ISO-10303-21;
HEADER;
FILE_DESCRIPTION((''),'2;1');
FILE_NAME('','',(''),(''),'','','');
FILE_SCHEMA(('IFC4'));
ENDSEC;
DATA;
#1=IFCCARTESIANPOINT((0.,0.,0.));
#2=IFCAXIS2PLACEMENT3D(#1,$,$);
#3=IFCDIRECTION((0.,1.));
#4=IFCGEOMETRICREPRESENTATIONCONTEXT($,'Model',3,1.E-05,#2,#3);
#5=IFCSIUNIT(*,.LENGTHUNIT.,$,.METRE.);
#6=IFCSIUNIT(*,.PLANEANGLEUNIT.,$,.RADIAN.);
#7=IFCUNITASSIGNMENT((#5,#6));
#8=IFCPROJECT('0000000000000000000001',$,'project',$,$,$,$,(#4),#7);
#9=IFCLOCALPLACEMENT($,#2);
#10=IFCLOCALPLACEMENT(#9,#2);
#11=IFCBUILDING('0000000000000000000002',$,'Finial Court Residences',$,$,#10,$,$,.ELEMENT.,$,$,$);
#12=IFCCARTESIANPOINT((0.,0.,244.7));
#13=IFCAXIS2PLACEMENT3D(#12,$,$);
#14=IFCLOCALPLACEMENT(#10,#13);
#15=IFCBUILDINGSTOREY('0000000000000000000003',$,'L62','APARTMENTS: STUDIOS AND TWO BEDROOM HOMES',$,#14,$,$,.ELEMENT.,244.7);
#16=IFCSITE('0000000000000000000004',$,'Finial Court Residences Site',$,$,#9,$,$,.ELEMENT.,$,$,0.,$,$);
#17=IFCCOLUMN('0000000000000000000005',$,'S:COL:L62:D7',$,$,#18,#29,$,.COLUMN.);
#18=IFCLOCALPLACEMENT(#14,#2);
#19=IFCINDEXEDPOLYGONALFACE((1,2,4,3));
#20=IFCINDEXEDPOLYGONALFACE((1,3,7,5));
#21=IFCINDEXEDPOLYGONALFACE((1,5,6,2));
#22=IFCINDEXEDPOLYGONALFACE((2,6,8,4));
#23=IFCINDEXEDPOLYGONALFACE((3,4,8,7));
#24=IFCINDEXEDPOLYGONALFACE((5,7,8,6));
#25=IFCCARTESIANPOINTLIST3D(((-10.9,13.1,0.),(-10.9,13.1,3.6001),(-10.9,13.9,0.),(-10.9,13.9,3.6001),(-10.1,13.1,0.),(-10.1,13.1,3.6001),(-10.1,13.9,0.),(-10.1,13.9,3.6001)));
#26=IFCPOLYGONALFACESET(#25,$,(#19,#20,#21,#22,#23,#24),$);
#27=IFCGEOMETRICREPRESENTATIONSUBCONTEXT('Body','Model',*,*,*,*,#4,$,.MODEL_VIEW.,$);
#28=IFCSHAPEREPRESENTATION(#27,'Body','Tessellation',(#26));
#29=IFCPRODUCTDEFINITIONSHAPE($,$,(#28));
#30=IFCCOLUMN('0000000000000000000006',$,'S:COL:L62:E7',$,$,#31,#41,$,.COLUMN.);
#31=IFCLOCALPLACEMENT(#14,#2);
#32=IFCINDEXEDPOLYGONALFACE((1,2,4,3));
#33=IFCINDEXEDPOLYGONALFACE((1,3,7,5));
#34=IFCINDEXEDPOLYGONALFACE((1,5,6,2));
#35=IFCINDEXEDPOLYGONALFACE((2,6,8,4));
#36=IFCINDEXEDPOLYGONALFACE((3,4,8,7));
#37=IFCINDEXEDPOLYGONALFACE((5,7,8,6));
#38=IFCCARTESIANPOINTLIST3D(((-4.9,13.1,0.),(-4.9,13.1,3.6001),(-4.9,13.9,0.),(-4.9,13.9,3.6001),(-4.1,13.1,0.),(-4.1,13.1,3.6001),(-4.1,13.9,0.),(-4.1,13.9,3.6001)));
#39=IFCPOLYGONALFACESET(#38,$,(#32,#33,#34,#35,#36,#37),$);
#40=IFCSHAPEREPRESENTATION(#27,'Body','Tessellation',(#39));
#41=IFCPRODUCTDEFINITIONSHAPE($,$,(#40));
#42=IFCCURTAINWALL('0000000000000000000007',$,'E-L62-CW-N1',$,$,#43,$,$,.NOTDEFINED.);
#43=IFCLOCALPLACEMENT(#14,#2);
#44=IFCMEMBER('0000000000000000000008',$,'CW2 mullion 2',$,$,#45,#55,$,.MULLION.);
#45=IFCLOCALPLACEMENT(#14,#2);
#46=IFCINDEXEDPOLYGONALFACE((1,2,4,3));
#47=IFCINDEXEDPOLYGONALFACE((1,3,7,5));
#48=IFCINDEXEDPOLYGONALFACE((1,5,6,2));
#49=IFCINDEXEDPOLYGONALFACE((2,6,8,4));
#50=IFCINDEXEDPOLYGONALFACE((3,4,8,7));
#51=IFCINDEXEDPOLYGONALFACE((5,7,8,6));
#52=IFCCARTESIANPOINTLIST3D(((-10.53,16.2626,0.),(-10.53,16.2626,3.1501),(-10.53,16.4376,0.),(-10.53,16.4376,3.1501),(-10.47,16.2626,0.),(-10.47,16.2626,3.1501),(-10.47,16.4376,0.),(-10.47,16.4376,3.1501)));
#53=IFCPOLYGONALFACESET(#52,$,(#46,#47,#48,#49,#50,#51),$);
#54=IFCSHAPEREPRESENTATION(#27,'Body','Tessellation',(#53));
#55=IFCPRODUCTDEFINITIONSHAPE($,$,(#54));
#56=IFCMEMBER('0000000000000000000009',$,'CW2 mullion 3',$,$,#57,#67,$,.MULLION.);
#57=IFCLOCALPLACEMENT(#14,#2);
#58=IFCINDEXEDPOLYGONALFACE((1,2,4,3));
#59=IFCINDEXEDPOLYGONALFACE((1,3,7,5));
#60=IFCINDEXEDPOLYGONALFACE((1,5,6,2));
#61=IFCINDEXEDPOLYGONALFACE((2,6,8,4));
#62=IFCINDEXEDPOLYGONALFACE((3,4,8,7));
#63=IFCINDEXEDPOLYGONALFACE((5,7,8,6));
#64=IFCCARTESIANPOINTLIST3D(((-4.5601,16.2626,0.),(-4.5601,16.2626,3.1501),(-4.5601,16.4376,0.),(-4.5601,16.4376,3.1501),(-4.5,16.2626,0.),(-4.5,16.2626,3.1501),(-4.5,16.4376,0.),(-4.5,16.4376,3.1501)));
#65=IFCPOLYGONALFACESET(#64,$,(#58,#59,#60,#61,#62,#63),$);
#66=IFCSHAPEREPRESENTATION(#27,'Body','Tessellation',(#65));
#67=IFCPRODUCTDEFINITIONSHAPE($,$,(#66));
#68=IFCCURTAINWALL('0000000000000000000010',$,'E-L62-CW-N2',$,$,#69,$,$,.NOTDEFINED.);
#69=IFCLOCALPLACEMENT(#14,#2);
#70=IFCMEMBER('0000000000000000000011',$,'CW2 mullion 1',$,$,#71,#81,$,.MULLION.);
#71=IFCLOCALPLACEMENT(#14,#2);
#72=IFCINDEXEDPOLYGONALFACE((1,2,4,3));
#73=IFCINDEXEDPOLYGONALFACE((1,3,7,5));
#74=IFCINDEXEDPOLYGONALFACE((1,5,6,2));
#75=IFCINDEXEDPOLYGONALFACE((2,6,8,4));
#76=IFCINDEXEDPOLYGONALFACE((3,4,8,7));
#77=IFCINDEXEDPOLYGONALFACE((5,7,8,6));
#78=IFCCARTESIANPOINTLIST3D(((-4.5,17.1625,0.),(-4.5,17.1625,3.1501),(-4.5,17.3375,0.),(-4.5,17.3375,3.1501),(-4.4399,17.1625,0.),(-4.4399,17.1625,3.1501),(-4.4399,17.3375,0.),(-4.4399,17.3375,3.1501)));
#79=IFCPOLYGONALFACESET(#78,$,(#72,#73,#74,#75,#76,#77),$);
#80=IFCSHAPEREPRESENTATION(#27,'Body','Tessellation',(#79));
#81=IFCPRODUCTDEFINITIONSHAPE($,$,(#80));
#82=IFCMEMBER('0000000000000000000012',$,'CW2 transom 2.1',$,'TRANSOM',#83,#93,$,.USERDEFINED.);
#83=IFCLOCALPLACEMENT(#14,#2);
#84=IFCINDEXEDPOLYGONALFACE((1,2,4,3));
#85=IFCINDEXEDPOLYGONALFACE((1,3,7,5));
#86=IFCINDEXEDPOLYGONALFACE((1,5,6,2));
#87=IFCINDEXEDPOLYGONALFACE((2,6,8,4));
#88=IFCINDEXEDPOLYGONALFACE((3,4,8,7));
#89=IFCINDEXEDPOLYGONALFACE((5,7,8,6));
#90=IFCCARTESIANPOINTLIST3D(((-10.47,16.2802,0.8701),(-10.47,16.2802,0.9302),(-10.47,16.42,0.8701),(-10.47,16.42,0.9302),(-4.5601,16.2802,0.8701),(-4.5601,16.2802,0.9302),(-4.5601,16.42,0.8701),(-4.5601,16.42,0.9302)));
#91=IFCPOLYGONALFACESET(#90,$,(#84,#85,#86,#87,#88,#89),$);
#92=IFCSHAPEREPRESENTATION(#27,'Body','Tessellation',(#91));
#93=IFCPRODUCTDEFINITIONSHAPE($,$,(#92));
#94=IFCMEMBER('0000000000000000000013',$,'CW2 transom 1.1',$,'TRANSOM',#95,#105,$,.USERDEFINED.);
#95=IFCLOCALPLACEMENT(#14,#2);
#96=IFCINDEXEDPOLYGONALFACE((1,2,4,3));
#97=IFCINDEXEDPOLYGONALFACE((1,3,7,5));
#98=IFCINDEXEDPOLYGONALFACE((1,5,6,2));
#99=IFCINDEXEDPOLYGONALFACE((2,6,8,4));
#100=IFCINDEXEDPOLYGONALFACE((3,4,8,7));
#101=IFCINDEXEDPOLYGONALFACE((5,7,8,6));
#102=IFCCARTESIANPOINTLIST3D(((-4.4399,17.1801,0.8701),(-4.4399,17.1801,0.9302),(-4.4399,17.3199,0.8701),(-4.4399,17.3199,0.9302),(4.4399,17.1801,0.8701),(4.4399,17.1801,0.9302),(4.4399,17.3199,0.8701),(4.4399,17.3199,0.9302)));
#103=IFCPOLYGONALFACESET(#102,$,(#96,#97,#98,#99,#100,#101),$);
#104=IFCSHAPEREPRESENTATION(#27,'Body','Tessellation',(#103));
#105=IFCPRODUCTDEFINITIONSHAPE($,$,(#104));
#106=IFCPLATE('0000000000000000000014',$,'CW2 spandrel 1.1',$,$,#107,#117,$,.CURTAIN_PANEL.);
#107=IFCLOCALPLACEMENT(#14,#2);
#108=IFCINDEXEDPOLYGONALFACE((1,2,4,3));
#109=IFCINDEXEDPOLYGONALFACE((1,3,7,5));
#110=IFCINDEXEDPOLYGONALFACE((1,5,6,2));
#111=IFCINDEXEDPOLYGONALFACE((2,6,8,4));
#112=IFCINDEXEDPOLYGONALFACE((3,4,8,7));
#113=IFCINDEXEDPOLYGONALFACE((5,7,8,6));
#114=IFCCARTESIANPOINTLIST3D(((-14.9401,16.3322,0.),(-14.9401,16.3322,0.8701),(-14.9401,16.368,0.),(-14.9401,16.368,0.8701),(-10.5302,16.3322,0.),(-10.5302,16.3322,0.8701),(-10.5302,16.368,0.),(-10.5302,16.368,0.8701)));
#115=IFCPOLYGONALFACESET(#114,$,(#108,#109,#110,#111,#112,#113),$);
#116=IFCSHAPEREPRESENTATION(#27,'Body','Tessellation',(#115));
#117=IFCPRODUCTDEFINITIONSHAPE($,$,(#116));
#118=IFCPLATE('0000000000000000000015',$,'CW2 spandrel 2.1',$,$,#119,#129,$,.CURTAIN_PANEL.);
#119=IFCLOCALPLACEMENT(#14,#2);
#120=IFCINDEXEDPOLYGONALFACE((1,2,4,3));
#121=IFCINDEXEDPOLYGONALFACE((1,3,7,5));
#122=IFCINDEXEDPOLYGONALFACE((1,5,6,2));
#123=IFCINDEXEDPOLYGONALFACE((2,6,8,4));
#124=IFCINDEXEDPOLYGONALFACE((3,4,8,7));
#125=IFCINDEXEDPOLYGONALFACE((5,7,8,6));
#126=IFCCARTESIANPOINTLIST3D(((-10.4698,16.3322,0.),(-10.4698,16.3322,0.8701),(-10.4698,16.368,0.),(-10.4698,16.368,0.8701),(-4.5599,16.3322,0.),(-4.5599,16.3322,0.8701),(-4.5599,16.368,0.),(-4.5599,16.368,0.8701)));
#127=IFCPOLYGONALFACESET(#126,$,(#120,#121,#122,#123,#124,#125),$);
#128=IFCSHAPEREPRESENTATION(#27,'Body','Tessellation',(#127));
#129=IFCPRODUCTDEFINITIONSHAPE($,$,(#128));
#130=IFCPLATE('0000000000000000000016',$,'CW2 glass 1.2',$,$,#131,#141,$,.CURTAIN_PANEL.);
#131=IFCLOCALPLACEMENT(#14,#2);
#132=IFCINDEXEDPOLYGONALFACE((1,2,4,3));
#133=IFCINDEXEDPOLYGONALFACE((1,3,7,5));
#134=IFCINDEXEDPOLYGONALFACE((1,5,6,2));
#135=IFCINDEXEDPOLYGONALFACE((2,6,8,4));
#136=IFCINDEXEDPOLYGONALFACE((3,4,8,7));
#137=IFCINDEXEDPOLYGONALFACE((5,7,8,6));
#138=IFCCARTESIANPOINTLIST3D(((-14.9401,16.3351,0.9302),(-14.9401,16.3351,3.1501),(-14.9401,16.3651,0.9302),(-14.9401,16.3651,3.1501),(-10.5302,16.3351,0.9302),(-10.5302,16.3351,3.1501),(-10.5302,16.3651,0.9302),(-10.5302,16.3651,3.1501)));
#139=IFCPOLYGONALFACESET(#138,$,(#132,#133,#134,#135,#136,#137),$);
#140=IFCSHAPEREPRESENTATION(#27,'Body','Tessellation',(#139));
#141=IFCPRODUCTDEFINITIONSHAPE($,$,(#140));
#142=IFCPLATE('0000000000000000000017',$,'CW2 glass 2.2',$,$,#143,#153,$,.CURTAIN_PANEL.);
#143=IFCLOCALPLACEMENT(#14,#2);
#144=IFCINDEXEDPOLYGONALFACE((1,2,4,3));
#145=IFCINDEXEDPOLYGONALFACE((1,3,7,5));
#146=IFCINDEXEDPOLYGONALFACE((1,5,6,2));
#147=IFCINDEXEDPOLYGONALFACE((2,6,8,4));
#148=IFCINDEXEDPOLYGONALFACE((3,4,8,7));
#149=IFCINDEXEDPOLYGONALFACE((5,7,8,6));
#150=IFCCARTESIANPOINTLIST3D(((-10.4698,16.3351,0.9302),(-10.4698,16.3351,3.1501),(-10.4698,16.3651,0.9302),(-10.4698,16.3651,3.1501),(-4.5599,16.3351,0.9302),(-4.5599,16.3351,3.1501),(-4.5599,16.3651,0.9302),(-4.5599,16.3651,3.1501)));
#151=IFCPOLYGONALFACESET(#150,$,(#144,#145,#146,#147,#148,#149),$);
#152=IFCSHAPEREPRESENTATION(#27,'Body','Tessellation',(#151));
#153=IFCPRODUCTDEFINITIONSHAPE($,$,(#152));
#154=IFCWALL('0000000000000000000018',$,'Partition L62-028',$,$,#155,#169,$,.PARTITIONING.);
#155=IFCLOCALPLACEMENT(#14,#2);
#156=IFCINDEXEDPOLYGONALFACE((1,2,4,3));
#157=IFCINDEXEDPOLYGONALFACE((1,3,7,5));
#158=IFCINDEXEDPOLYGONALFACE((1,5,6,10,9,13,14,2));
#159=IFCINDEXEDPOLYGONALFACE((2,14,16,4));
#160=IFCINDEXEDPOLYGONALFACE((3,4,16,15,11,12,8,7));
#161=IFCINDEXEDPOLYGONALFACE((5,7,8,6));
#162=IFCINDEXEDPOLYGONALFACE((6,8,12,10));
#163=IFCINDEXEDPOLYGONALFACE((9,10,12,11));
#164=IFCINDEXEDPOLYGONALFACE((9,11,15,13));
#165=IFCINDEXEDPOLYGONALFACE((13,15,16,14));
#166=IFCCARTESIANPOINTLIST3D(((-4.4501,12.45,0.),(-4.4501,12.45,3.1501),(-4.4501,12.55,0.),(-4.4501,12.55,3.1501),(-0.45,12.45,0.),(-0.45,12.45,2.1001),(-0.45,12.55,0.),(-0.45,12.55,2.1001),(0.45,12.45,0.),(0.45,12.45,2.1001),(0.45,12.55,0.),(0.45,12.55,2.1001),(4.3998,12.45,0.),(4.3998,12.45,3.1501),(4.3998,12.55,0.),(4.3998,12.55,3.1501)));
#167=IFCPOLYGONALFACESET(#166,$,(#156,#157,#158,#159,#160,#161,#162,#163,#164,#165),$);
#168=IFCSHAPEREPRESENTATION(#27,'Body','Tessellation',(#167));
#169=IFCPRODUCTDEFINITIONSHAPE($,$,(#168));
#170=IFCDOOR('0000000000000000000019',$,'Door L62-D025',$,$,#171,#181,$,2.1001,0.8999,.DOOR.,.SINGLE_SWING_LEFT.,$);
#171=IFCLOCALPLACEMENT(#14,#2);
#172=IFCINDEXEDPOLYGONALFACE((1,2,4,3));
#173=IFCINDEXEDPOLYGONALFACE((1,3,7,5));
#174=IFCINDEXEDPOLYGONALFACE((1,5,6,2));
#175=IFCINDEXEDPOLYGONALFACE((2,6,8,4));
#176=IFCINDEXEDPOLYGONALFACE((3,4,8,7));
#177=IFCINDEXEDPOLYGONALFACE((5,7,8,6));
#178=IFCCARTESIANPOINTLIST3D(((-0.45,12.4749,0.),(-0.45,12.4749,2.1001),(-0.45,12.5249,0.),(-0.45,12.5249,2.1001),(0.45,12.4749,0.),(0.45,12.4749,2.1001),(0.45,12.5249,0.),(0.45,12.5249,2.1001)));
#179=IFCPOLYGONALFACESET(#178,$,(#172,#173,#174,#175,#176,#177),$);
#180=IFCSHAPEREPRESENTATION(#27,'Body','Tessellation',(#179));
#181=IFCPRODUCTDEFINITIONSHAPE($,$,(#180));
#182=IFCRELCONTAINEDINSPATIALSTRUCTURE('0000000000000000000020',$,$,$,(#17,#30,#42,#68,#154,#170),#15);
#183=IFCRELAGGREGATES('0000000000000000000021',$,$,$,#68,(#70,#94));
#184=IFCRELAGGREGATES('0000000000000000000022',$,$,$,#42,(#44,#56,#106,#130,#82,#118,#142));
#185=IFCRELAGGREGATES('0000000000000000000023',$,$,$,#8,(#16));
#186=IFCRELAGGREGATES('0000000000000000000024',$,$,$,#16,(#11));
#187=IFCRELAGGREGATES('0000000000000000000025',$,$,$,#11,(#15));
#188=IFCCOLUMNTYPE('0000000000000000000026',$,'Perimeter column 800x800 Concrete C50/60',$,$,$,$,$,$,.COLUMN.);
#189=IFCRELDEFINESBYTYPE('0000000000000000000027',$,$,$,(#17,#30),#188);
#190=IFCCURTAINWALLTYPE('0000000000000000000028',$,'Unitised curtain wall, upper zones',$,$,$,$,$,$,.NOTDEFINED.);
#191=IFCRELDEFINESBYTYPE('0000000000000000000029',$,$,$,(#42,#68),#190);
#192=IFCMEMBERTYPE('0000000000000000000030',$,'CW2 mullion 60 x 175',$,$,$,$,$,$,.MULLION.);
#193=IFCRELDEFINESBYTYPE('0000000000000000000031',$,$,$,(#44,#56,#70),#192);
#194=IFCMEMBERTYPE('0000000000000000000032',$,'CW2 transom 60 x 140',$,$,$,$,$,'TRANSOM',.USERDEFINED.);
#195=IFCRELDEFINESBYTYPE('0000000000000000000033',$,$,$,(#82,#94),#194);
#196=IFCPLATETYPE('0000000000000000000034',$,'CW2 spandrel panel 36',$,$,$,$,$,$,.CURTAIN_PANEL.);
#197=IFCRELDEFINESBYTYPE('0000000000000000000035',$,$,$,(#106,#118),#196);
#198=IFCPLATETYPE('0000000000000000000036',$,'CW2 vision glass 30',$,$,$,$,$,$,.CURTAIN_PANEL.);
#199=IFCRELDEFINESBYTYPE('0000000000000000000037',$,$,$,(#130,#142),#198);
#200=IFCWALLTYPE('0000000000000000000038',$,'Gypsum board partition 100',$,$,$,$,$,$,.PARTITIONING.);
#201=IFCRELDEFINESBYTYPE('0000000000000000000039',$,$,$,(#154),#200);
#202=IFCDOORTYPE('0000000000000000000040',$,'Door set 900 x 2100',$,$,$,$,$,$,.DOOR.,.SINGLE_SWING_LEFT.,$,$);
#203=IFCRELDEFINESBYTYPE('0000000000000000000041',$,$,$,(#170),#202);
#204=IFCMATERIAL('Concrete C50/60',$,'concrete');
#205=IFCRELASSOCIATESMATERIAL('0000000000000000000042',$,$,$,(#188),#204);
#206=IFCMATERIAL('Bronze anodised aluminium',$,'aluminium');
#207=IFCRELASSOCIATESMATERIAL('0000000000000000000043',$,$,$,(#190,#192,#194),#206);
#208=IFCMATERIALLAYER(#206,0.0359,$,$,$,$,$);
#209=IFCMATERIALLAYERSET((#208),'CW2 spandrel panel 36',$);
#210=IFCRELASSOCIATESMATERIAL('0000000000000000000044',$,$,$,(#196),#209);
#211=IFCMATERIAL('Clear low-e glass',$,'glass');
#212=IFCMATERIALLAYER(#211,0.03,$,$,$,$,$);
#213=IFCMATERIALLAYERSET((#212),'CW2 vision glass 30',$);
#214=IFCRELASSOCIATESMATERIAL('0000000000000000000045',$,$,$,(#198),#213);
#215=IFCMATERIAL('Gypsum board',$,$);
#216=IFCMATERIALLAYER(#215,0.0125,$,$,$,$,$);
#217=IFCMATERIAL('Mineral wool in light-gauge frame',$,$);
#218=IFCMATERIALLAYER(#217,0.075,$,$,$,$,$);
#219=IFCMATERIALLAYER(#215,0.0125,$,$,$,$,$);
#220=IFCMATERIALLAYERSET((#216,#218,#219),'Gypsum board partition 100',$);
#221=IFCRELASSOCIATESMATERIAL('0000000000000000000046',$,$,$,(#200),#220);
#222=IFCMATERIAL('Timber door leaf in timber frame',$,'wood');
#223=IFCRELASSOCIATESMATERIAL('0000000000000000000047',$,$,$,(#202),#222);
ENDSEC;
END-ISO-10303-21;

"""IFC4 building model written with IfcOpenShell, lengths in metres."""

from ifc_helpers import new_model, si_unit, direction, frame, frame_2d, origin, origin_2d, place, context, subcontext, project, spatial, rectangle, extrude, material, layer, layer_set, material_profile, profile_set, type_object, element, fill, aggregate, save


model = new_model("IFC4")

# Units and contexts
model_context = context("Model", 3, precision=1e-05, world=origin(), true_north=direction((0.0, 1.0)))
body_context = subcontext(model_context, "Body", "Model", "MODEL_VIEW")
ifc_project = project(units=[si_unit("LENGTHUNIT", "METRE"), si_unit("PLANEANGLEUNIT", "RADIAN")], contexts=[model_context])

# Site, building, storey
site_placement = place(None, origin())
site = spatial("IfcSite", under=ifc_project, at=site_placement, Name="Finial Court Residences Site", CompositionType="ELEMENT", RefElevation=0.0)
building_placement = place(site_placement, origin())
building = spatial("IfcBuilding", under=site, at=building_placement, Name="Finial Court Residences", CompositionType="ELEMENT")
storey_placement = place(building_placement, frame((0.0, 0.0, 244.7)))
storey = spatial("IfcBuildingStorey", under=building, at=storey_placement, Name="L62", Description="APARTMENTS: STUDIOS AND TWO BEDROOM HOMES", CompositionType="ELEMENT", Elevation=244.7)

# Columns
ifc_material_1 = material(Name="Concrete C50/60", Category="concrete")
ifc_material_profile_1 = material_profile(ifc_material_1, rectangle(XDim=0.8, YDim=0.8, at=origin_2d()), Name="800x800")
ifc_profile_set_1 = profile_set([ifc_material_profile_1], Name="Concrete C50/60")
column_type = type_object("IfcColumnType", Name="Perimeter column 800x800 Concrete C50/60", PredefinedType="COLUMN", material=ifc_profile_set_1)
for number, where, z_axis, x_axis, name in (
    (1, (-10.5, 13.5, 0.0), (0.0, 0.0, 1.0), (1.0, 0.0, 0.0), "S:COL:L62:D7"),
    (2, (-4.5, 13.5, 0.0), (0.0, 0.0, 1.0), (1.0, 0.0, 0.0), "S:COL:L62:E7"),
):
    element("IfcColumn", number, at=place(storey_placement, frame(where, z_axis=z_axis, x_axis=x_axis)), inside=storey, type_object=column_type, Name=name, PredefinedType="COLUMN", context=body_context, shape_type="SweptSolid", body=[
        extrude(rectangle(XDim=0.8, YDim=0.8, at=origin_2d()), origin(), (0.0, 0.0, 1.0), 3.6001),
    ])

# Curtain wall, members
ifc_material_2 = material(Name="Bronze anodised aluminium", Category="aluminium")
curtain_wall_type = type_object("IfcCurtainWallType", Name="Unitised curtain wall, upper zones", PredefinedType="NOTDEFINED", material=ifc_material_2)
curtain_wall_1_placement = place(storey_placement, origin())
curtain_wall_1 = element("IfcCurtainWall", 3, at=curtain_wall_1_placement, inside=storey, type_object=curtain_wall_type, Name="E-L62-CW-N1", PredefinedType="NOTDEFINED")
ifc_material_profile_2 = material_profile(ifc_material_2, rectangle(XDim=0.175, YDim=0.0601, at=origin_2d()), Name="CW2 mullion 60 x 175")
ifc_profile_set_2 = profile_set([ifc_material_profile_2], Name="Bronze anodised aluminium")
member_type_1 = type_object("IfcMemberType", Name="CW2 mullion 60 x 175", PredefinedType="MULLION", material=ifc_profile_set_2)
member_1_placement = place(storey_placement, frame((-10.5, 16.3501, 0.0), z_axis=(0.0, 0.0, 1.0), x_axis=(0.0, 1.0, 0.0)))
member_1 = element("IfcMember", 4, at=member_1_placement, type_object=member_type_1, Name="CW2 mullion 2", PredefinedType="MULLION", context=body_context, shape_type="SweptSolid", body=[
    extrude(rectangle(XDim=0.175, YDim=0.0601, at=origin_2d()), origin(), (0.0, 0.0, 1.0), 3.1501),
])
member_2_placement = place(storey_placement, frame((-4.53, 16.3501, 0.0), z_axis=(0.0, 0.0, 1.0), x_axis=(0.0, 1.0, 0.0)))
member_2 = element("IfcMember", 5, at=member_2_placement, type_object=member_type_1, Name="CW2 mullion 3", PredefinedType="MULLION", context=body_context, shape_type="SweptSolid", body=[
    extrude(rectangle(XDim=0.175, YDim=0.0601, at=origin_2d()), origin(), (0.0, 0.0, 1.0), 3.1501),
])

# Curtain wall, member
curtain_wall_2_placement = place(storey_placement, origin())
curtain_wall_2 = element("IfcCurtainWall", 6, at=curtain_wall_2_placement, inside=storey, type_object=curtain_wall_type, Name="E-L62-CW-N2", PredefinedType="NOTDEFINED")
member_3_placement = place(storey_placement, frame((-4.47, 17.25, 0.0), z_axis=(0.0, 0.0, 1.0), x_axis=(0.0, 1.0, 0.0)))
member_3 = element("IfcMember", 7, at=member_3_placement, type_object=member_type_1, Name="CW2 mullion 1", PredefinedType="MULLION", context=body_context, shape_type="SweptSolid", body=[
    extrude(rectangle(XDim=0.175, YDim=0.0601, at=origin_2d()), origin(), (0.0, 0.0, 1.0), 3.1501),
])

# Members
ifc_material_profile_3 = material_profile(ifc_material_2, rectangle(XDim=0.1399, YDim=0.0601, at=origin_2d()), Name="CW2 transom 60 x 140")
ifc_profile_set_3 = profile_set([ifc_material_profile_3], Name="Bronze anodised aluminium")
member_type_2 = type_object("IfcMemberType", Name="CW2 transom 60 x 140", ElementType="TRANSOM", PredefinedType="USERDEFINED", material=ifc_profile_set_3)
member_4_placement = place(storey_placement, frame((-10.47, 16.3501, 0.9001), z_axis=(1.0, 0.0, 0.0), x_axis=(0.0, 1.0, 0.0)))
member_4 = element("IfcMember", 8, at=member_4_placement, type_object=member_type_2, Name="CW2 transom 2.1", ObjectType="TRANSOM", PredefinedType="USERDEFINED", context=body_context, shape_type="SweptSolid", body=[
    extrude(rectangle(XDim=0.1399, YDim=0.0601, at=origin_2d()), origin(), (0.0, 0.0, 1.0), 5.9099),
])
member_5_placement = place(storey_placement, frame((-4.4399, 17.25, 0.9001), z_axis=(1.0, 0.0, 0.0), x_axis=(0.0, 1.0, 0.0)))
member_5 = element("IfcMember", 9, at=member_5_placement, type_object=member_type_2, Name="CW2 transom 1.1", ObjectType="TRANSOM", PredefinedType="USERDEFINED", context=body_context, shape_type="SweptSolid", body=[
    extrude(rectangle(XDim=0.1399, YDim=0.0601, at=origin_2d()), origin(), (0.0, 0.0, 1.0), 8.8799),
])
aggregate(curtain_wall_2, [member_3, member_5])

# Plates
ifc_layer_1 = layer(ifc_material_2, 0.0359)
ifc_layer_set_1 = layer_set([ifc_layer_1], Name="CW2 spandrel panel 36")
plate_type_1 = type_object("IfcPlateType", Name="CW2 spandrel panel 36", PredefinedType="CURTAIN_PANEL", material=ifc_layer_set_1)
plate_1_placement = place(storey_placement, frame((-12.7351, 16.3501, 0.0), z_axis=(0.0, 0.0, 1.0), x_axis=(1.0, 0.0, 0.0)))
plate_1 = element("IfcPlate", 10, at=plate_1_placement, type_object=plate_type_1, Name="CW2 spandrel 1.1", PredefinedType="CURTAIN_PANEL", context=body_context, shape_type="SweptSolid", body=[
    extrude(rectangle(XDim=4.4099, YDim=0.0359, at=origin_2d()), origin(), (0.0, 0.0, 1.0), 0.8701),
])
plate_2_placement = place(storey_placement, frame((-7.5149, 16.3501, 0.0), z_axis=(0.0, 0.0, 1.0), x_axis=(1.0, 0.0, 0.0)))
plate_2 = element("IfcPlate", 11, at=plate_2_placement, type_object=plate_type_1, Name="CW2 spandrel 2.1", PredefinedType="CURTAIN_PANEL", context=body_context, shape_type="SweptSolid", body=[
    extrude(rectangle(XDim=5.9099, YDim=0.0359, at=origin_2d()), origin(), (0.0, 0.0, 1.0), 0.8701),
])
ifc_material_3 = material(Name="Clear low-e glass", Category="glass")
ifc_layer_2 = layer(ifc_material_3, 0.03)
ifc_layer_set_2 = layer_set([ifc_layer_2], Name="CW2 vision glass 30")
plate_type_2 = type_object("IfcPlateType", Name="CW2 vision glass 30", PredefinedType="CURTAIN_PANEL", material=ifc_layer_set_2)
plate_3_placement = place(storey_placement, frame((-12.7351, 16.3501, 0.9302), z_axis=(0.0, 0.0, 1.0), x_axis=(1.0, 0.0, 0.0)))
plate_3 = element("IfcPlate", 12, at=plate_3_placement, type_object=plate_type_2, Name="CW2 glass 1.2", PredefinedType="CURTAIN_PANEL", context=body_context, shape_type="SweptSolid", body=[
    extrude(rectangle(XDim=4.4099, YDim=0.03, at=origin_2d()), origin(), (0.0, 0.0, 1.0), 2.22),
])
plate_4_placement = place(storey_placement, frame((-7.5149, 16.3501, 0.9302), z_axis=(0.0, 0.0, 1.0), x_axis=(1.0, 0.0, 0.0)))
plate_4 = element("IfcPlate", 13, at=plate_4_placement, type_object=plate_type_2, Name="CW2 glass 2.2", PredefinedType="CURTAIN_PANEL", context=body_context, shape_type="SweptSolid", body=[
    extrude(rectangle(XDim=5.9099, YDim=0.03, at=origin_2d()), origin(), (0.0, 0.0, 1.0), 2.22),
])
aggregate(curtain_wall_1, [member_1, member_2, plate_1, plate_3, member_4, plate_2, plate_4])

# Wall, opening, door
ifc_material_4 = material(Name="Gypsum board")
ifc_layer_3 = layer(ifc_material_4, 0.0125)
ifc_material_5 = material(Name="Mineral wool in light-gauge frame")
ifc_layer_4 = layer(ifc_material_5, 0.075)
ifc_layer_5 = layer(ifc_material_4, 0.0125)
ifc_layer_set_3 = layer_set([ifc_layer_3, ifc_layer_4, ifc_layer_5], Name="Gypsum board partition 100")
wall_type_1 = type_object("IfcWallType", Name="Gypsum board partition 100", PredefinedType="PARTITIONING", material=ifc_layer_set_3)
wall_1_placement = place(storey_placement, frame((-4.45, 12.5, 0.0), z_axis=(0.0, 0.0, 1.0), x_axis=(1.0, 0.0, 0.0)))
wall_1 = element("IfcWall", 14, at=wall_1_placement, inside=storey, type_object=wall_type_1, Name="Partition L62-028", PredefinedType="PARTITIONING", context=body_context, shape_type="SweptSolid", body=[
    extrude(rectangle(XDim=8.8499, YDim=0.1001, at=frame_2d((4.4248, 0.0))), origin(), (0.0, 0.0, 1.0), 3.1501),
])
opening_1_placement = place(wall_1_placement, frame((4.0, 0.0, 0.0)))
opening_1 = element("IfcOpeningElement", 15, at=opening_1_placement, cuts=wall_1, PredefinedType="OPENING", context=body_context, shape_type="SweptSolid", body=[
    extrude(rectangle(XDim=0.8999, YDim=2.1001, at=frame_2d((0.45, 1.05))), frame((0.0, 0.0601, 0.0), z_axis=(0.0, -1.0, 0.0), x_axis=(1.0, 0.0, 0.0)), (0.0, 0.0, 1.0), 0.1201),
])
ifc_material_6 = material(Name="Timber door leaf in timber frame", Category="wood")
door_type = type_object("IfcDoorType", Name="Door set 900 x 2100", OperationType="SINGLE_SWING_LEFT", PredefinedType="DOOR", material=ifc_material_6)
door_1_placement = place(opening_1_placement, origin())
door_1 = element("IfcDoor", 16, at=door_1_placement, inside=storey, type_object=door_type, Name="Door L62-D025", OperationType="SINGLE_SWING_LEFT", OverallHeight=2.1001, OverallWidth=0.8999, PredefinedType="DOOR", context=body_context, shape_type="SweptSolid", body=[
    extrude(rectangle(XDim=0.8999, YDim=2.1001, at=frame_2d((0.45, 1.05))), frame((0.0, 0.0249, 0.0), z_axis=(0.0, -1.0, 0.0), x_axis=(1.0, 0.0, 0.0)), (0.0, 0.0, 1.0), 0.05),
])
fill(opening_1, door_1)

save(model, "model.ifc")
